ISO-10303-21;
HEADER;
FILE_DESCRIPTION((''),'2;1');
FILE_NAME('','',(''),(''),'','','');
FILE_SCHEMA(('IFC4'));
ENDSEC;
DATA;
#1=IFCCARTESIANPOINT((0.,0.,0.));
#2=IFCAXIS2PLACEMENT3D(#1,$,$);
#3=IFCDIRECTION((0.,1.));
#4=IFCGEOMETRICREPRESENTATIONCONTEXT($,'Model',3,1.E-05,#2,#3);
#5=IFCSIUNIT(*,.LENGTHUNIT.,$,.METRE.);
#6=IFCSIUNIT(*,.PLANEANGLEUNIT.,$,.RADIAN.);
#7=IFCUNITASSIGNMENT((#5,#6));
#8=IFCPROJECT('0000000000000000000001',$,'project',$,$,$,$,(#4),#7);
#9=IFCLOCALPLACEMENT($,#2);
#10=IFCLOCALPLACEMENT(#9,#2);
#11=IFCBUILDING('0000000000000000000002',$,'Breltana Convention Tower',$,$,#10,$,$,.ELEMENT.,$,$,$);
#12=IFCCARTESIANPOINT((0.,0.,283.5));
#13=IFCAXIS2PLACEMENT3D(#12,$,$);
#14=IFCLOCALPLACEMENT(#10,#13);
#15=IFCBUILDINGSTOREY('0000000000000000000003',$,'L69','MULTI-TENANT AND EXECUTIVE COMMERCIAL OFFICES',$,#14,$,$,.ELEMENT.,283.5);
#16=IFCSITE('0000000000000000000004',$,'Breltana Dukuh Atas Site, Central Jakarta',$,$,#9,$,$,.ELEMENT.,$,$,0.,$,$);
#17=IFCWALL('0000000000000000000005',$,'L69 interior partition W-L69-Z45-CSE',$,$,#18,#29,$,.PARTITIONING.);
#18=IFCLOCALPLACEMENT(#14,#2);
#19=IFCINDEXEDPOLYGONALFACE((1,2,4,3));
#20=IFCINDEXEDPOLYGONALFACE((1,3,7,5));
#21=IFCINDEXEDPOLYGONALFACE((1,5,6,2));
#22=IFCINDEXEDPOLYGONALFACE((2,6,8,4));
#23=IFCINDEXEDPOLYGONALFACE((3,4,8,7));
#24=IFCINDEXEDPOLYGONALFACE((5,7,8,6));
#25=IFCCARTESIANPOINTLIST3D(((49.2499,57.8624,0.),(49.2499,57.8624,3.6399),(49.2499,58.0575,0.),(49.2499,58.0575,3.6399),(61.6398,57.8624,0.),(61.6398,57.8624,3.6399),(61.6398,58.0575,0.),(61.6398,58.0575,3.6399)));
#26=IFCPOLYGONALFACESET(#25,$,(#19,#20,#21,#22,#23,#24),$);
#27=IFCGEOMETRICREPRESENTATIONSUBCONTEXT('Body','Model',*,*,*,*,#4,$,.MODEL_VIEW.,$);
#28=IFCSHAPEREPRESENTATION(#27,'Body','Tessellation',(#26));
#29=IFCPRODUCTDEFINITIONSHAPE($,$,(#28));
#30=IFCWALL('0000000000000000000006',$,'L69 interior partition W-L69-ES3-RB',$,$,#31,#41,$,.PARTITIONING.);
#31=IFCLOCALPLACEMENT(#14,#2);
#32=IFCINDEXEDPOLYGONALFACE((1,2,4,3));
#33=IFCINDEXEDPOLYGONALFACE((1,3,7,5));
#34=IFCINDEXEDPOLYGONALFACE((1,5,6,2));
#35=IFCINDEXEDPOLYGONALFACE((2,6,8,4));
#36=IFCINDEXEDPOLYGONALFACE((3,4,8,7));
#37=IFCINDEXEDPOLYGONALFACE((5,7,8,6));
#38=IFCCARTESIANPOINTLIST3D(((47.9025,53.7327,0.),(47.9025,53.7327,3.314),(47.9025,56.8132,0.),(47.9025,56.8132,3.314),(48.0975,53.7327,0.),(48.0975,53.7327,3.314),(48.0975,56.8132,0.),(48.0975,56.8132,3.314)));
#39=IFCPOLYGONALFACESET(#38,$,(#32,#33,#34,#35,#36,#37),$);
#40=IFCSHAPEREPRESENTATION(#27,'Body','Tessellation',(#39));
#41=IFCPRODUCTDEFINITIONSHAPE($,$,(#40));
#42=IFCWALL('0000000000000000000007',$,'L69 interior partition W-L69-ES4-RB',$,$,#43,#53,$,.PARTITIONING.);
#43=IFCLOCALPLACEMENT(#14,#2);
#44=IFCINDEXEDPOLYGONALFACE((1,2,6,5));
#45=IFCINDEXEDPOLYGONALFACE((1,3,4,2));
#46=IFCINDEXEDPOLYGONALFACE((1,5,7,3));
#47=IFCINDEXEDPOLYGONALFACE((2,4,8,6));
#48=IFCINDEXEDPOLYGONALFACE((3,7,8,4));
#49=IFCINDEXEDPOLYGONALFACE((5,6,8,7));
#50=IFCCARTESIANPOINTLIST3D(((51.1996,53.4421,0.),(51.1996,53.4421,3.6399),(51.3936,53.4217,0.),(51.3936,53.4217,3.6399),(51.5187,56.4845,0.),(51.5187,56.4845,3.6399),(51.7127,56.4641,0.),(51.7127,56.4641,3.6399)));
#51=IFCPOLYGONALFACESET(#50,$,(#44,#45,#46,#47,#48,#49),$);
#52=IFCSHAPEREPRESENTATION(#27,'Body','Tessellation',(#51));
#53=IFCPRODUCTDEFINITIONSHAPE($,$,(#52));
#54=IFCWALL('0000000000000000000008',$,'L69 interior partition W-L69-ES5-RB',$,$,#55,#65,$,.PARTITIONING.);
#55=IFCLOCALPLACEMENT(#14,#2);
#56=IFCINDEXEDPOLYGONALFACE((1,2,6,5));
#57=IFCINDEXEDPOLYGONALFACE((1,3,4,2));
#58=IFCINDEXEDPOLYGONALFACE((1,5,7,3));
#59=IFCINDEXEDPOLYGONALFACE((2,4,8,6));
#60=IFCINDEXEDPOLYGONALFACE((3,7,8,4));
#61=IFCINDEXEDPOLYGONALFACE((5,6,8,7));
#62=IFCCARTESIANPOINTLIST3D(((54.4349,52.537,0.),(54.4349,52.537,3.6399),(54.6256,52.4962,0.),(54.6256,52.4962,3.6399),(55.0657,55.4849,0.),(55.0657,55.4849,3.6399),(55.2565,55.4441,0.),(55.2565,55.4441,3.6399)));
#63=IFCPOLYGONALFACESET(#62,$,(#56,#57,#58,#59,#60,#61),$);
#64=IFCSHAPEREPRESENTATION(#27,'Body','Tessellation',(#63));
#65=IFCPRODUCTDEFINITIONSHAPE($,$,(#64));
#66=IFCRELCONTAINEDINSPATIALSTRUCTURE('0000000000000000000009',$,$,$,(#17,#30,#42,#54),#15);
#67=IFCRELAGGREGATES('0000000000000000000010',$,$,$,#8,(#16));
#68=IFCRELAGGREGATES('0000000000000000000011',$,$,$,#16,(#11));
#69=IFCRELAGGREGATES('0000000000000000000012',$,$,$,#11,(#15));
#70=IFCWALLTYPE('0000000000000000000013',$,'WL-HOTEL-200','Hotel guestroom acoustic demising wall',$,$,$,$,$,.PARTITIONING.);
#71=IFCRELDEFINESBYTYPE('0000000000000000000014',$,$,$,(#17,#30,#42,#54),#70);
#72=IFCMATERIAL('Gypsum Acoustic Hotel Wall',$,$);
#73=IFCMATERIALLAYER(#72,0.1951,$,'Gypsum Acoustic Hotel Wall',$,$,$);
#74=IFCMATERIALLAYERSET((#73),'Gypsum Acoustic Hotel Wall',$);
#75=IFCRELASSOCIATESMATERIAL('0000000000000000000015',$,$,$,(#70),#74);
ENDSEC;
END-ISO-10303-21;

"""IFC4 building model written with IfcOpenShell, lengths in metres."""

from ifc_helpers import new_model, si_unit, direction, frame, frame_2d, origin, place, context, subcontext, project, spatial, rectangle, extrude, source, transform, mapped, material, layer, layer_set, type_object, element, save


model = new_model("IFC4")

# Units and contexts
model_context = context("Model", 3, precision=1e-05, world=origin(), true_north=direction((0.0, 1.0)))
body_context = subcontext(model_context, "Body", "Model", "MODEL_VIEW")
ifc_project = project(units=[si_unit("LENGTHUNIT", "METRE"), si_unit("PLANEANGLEUNIT", "RADIAN")], contexts=[model_context])

# Site, building, storey
site_placement = place(None, origin())
site = spatial("IfcSite", under=ifc_project, at=site_placement, Name="Breltana Dukuh Atas Site, Central Jakarta", CompositionType="ELEMENT", RefElevation=0.0)
building_placement = place(site_placement, origin())
building = spatial("IfcBuilding", under=site, at=building_placement, Name="Breltana Convention Tower", CompositionType="ELEMENT")
storey_placement = place(building_placement, frame((0.0, 0.0, 283.5)))
storey = spatial("IfcBuildingStorey", under=building, at=storey_placement, Name="L69", Description="MULTI-TENANT AND EXECUTIVE COMMERCIAL OFFICES", CompositionType="ELEMENT", Elevation=283.5)

# Wall
ifc_material_1 = material(Name="Gypsum Acoustic Hotel Wall")
ifc_layer_1 = layer(ifc_material_1, 0.1951, Name="Gypsum Acoustic Hotel Wall")
ifc_layer_set_1 = layer_set([ifc_layer_1], Name="Gypsum Acoustic Hotel Wall")
wall_type_1 = type_object("IfcWallType", Name="WL-HOTEL-200", Description="Hotel guestroom acoustic demising wall", PredefinedType="PARTITIONING", material=ifc_layer_set_1)
shared_shape_1 = source(origin(), body_context, "Body", "SweptSolid", [
    extrude(rectangle(XDim=12.3899, YDim=0.1951, at=frame_2d((6.1948, 0.0))), origin(), (0.0, 0.0, 1.0), 3.6399),
])
wall_1_placement = place(storey_placement, frame((49.25, 57.96, 0.0), z_axis=(0.0, 0.0, 1.0), x_axis=(1.0, 0.0, 0.0)))
element("IfcWall", 1, at=wall_1_placement, inside=storey, type_object=wall_type_1, Name="L69 interior partition W-L69-Z45-CSE", PredefinedType="PARTITIONING", context=body_context, shape_type="MappedRepresentation", body=[
    mapped(shared_shape_1, transform((0.0, 0.0, 0.0), scale=1.0)),
])

# Walls
shared_shape_2 = source(origin(), body_context, "Body", "SweptSolid", [
    extrude(rectangle(XDim=3.0806, YDim=0.1951, at=frame_2d((1.5403, 0.0))), origin(), (0.0, 0.0, 1.0), 3.314),
])
wall_2_placement = place(storey_placement, frame((48.0, 53.7327, 0.0), z_axis=(0.0, 0.0, 1.0), x_axis=(0.0, 1.0, 0.0)))
element("IfcWall", 2, at=wall_2_placement, inside=storey, type_object=wall_type_1, Name="L69 interior partition W-L69-ES3-RB", PredefinedType="PARTITIONING", context=body_context, shape_type="MappedRepresentation", body=[
    mapped(shared_shape_2, transform((0.0, 0.0, 0.0), scale=1.0)),
])
shared_shape_3 = source(origin(), body_context, "Body", "SweptSolid", [
    extrude(rectangle(XDim=3.0591, YDim=0.1951, at=frame_2d((1.5295, 0.0))), origin(), (0.0, 0.0, 1.0), 3.6399),
])
wall_3_placement = place(storey_placement, frame((51.2966, 53.4319, 0.0), z_axis=(0.0, 0.0, 1.0), x_axis=(0.104307, 0.994545, 0.0)))
element("IfcWall", 3, at=wall_3_placement, inside=storey, type_object=wall_type_1, Name="L69 interior partition W-L69-ES4-RB", PredefinedType="PARTITIONING", context=body_context, shape_type="MappedRepresentation", body=[
    mapped(shared_shape_3, transform((0.0, 0.0, 0.0), scale=1.0)),
])
shared_shape_4 = source(origin(), body_context, "Body", "SweptSolid", [
    extrude(rectangle(XDim=3.0146, YDim=0.1951, at=frame_2d((1.5073, 0.0))), origin(), (0.0, 0.0, 1.0), 3.6399),
])
wall_4_placement = place(storey_placement, frame((54.5303, 52.5166, 0.0), z_axis=(0.0, 0.0, 1.0), x_axis=(0.209258, 0.97786, 0.0)))
element("IfcWall", 4, at=wall_4_placement, inside=storey, type_object=wall_type_1, Name="L69 interior partition W-L69-ES5-RB", PredefinedType="PARTITIONING", context=body_context, shape_type="MappedRepresentation", body=[
    mapped(shared_shape_4, transform((0.0, 0.0, 0.0), scale=1.0)),
])

save(model, "model.ifc")
